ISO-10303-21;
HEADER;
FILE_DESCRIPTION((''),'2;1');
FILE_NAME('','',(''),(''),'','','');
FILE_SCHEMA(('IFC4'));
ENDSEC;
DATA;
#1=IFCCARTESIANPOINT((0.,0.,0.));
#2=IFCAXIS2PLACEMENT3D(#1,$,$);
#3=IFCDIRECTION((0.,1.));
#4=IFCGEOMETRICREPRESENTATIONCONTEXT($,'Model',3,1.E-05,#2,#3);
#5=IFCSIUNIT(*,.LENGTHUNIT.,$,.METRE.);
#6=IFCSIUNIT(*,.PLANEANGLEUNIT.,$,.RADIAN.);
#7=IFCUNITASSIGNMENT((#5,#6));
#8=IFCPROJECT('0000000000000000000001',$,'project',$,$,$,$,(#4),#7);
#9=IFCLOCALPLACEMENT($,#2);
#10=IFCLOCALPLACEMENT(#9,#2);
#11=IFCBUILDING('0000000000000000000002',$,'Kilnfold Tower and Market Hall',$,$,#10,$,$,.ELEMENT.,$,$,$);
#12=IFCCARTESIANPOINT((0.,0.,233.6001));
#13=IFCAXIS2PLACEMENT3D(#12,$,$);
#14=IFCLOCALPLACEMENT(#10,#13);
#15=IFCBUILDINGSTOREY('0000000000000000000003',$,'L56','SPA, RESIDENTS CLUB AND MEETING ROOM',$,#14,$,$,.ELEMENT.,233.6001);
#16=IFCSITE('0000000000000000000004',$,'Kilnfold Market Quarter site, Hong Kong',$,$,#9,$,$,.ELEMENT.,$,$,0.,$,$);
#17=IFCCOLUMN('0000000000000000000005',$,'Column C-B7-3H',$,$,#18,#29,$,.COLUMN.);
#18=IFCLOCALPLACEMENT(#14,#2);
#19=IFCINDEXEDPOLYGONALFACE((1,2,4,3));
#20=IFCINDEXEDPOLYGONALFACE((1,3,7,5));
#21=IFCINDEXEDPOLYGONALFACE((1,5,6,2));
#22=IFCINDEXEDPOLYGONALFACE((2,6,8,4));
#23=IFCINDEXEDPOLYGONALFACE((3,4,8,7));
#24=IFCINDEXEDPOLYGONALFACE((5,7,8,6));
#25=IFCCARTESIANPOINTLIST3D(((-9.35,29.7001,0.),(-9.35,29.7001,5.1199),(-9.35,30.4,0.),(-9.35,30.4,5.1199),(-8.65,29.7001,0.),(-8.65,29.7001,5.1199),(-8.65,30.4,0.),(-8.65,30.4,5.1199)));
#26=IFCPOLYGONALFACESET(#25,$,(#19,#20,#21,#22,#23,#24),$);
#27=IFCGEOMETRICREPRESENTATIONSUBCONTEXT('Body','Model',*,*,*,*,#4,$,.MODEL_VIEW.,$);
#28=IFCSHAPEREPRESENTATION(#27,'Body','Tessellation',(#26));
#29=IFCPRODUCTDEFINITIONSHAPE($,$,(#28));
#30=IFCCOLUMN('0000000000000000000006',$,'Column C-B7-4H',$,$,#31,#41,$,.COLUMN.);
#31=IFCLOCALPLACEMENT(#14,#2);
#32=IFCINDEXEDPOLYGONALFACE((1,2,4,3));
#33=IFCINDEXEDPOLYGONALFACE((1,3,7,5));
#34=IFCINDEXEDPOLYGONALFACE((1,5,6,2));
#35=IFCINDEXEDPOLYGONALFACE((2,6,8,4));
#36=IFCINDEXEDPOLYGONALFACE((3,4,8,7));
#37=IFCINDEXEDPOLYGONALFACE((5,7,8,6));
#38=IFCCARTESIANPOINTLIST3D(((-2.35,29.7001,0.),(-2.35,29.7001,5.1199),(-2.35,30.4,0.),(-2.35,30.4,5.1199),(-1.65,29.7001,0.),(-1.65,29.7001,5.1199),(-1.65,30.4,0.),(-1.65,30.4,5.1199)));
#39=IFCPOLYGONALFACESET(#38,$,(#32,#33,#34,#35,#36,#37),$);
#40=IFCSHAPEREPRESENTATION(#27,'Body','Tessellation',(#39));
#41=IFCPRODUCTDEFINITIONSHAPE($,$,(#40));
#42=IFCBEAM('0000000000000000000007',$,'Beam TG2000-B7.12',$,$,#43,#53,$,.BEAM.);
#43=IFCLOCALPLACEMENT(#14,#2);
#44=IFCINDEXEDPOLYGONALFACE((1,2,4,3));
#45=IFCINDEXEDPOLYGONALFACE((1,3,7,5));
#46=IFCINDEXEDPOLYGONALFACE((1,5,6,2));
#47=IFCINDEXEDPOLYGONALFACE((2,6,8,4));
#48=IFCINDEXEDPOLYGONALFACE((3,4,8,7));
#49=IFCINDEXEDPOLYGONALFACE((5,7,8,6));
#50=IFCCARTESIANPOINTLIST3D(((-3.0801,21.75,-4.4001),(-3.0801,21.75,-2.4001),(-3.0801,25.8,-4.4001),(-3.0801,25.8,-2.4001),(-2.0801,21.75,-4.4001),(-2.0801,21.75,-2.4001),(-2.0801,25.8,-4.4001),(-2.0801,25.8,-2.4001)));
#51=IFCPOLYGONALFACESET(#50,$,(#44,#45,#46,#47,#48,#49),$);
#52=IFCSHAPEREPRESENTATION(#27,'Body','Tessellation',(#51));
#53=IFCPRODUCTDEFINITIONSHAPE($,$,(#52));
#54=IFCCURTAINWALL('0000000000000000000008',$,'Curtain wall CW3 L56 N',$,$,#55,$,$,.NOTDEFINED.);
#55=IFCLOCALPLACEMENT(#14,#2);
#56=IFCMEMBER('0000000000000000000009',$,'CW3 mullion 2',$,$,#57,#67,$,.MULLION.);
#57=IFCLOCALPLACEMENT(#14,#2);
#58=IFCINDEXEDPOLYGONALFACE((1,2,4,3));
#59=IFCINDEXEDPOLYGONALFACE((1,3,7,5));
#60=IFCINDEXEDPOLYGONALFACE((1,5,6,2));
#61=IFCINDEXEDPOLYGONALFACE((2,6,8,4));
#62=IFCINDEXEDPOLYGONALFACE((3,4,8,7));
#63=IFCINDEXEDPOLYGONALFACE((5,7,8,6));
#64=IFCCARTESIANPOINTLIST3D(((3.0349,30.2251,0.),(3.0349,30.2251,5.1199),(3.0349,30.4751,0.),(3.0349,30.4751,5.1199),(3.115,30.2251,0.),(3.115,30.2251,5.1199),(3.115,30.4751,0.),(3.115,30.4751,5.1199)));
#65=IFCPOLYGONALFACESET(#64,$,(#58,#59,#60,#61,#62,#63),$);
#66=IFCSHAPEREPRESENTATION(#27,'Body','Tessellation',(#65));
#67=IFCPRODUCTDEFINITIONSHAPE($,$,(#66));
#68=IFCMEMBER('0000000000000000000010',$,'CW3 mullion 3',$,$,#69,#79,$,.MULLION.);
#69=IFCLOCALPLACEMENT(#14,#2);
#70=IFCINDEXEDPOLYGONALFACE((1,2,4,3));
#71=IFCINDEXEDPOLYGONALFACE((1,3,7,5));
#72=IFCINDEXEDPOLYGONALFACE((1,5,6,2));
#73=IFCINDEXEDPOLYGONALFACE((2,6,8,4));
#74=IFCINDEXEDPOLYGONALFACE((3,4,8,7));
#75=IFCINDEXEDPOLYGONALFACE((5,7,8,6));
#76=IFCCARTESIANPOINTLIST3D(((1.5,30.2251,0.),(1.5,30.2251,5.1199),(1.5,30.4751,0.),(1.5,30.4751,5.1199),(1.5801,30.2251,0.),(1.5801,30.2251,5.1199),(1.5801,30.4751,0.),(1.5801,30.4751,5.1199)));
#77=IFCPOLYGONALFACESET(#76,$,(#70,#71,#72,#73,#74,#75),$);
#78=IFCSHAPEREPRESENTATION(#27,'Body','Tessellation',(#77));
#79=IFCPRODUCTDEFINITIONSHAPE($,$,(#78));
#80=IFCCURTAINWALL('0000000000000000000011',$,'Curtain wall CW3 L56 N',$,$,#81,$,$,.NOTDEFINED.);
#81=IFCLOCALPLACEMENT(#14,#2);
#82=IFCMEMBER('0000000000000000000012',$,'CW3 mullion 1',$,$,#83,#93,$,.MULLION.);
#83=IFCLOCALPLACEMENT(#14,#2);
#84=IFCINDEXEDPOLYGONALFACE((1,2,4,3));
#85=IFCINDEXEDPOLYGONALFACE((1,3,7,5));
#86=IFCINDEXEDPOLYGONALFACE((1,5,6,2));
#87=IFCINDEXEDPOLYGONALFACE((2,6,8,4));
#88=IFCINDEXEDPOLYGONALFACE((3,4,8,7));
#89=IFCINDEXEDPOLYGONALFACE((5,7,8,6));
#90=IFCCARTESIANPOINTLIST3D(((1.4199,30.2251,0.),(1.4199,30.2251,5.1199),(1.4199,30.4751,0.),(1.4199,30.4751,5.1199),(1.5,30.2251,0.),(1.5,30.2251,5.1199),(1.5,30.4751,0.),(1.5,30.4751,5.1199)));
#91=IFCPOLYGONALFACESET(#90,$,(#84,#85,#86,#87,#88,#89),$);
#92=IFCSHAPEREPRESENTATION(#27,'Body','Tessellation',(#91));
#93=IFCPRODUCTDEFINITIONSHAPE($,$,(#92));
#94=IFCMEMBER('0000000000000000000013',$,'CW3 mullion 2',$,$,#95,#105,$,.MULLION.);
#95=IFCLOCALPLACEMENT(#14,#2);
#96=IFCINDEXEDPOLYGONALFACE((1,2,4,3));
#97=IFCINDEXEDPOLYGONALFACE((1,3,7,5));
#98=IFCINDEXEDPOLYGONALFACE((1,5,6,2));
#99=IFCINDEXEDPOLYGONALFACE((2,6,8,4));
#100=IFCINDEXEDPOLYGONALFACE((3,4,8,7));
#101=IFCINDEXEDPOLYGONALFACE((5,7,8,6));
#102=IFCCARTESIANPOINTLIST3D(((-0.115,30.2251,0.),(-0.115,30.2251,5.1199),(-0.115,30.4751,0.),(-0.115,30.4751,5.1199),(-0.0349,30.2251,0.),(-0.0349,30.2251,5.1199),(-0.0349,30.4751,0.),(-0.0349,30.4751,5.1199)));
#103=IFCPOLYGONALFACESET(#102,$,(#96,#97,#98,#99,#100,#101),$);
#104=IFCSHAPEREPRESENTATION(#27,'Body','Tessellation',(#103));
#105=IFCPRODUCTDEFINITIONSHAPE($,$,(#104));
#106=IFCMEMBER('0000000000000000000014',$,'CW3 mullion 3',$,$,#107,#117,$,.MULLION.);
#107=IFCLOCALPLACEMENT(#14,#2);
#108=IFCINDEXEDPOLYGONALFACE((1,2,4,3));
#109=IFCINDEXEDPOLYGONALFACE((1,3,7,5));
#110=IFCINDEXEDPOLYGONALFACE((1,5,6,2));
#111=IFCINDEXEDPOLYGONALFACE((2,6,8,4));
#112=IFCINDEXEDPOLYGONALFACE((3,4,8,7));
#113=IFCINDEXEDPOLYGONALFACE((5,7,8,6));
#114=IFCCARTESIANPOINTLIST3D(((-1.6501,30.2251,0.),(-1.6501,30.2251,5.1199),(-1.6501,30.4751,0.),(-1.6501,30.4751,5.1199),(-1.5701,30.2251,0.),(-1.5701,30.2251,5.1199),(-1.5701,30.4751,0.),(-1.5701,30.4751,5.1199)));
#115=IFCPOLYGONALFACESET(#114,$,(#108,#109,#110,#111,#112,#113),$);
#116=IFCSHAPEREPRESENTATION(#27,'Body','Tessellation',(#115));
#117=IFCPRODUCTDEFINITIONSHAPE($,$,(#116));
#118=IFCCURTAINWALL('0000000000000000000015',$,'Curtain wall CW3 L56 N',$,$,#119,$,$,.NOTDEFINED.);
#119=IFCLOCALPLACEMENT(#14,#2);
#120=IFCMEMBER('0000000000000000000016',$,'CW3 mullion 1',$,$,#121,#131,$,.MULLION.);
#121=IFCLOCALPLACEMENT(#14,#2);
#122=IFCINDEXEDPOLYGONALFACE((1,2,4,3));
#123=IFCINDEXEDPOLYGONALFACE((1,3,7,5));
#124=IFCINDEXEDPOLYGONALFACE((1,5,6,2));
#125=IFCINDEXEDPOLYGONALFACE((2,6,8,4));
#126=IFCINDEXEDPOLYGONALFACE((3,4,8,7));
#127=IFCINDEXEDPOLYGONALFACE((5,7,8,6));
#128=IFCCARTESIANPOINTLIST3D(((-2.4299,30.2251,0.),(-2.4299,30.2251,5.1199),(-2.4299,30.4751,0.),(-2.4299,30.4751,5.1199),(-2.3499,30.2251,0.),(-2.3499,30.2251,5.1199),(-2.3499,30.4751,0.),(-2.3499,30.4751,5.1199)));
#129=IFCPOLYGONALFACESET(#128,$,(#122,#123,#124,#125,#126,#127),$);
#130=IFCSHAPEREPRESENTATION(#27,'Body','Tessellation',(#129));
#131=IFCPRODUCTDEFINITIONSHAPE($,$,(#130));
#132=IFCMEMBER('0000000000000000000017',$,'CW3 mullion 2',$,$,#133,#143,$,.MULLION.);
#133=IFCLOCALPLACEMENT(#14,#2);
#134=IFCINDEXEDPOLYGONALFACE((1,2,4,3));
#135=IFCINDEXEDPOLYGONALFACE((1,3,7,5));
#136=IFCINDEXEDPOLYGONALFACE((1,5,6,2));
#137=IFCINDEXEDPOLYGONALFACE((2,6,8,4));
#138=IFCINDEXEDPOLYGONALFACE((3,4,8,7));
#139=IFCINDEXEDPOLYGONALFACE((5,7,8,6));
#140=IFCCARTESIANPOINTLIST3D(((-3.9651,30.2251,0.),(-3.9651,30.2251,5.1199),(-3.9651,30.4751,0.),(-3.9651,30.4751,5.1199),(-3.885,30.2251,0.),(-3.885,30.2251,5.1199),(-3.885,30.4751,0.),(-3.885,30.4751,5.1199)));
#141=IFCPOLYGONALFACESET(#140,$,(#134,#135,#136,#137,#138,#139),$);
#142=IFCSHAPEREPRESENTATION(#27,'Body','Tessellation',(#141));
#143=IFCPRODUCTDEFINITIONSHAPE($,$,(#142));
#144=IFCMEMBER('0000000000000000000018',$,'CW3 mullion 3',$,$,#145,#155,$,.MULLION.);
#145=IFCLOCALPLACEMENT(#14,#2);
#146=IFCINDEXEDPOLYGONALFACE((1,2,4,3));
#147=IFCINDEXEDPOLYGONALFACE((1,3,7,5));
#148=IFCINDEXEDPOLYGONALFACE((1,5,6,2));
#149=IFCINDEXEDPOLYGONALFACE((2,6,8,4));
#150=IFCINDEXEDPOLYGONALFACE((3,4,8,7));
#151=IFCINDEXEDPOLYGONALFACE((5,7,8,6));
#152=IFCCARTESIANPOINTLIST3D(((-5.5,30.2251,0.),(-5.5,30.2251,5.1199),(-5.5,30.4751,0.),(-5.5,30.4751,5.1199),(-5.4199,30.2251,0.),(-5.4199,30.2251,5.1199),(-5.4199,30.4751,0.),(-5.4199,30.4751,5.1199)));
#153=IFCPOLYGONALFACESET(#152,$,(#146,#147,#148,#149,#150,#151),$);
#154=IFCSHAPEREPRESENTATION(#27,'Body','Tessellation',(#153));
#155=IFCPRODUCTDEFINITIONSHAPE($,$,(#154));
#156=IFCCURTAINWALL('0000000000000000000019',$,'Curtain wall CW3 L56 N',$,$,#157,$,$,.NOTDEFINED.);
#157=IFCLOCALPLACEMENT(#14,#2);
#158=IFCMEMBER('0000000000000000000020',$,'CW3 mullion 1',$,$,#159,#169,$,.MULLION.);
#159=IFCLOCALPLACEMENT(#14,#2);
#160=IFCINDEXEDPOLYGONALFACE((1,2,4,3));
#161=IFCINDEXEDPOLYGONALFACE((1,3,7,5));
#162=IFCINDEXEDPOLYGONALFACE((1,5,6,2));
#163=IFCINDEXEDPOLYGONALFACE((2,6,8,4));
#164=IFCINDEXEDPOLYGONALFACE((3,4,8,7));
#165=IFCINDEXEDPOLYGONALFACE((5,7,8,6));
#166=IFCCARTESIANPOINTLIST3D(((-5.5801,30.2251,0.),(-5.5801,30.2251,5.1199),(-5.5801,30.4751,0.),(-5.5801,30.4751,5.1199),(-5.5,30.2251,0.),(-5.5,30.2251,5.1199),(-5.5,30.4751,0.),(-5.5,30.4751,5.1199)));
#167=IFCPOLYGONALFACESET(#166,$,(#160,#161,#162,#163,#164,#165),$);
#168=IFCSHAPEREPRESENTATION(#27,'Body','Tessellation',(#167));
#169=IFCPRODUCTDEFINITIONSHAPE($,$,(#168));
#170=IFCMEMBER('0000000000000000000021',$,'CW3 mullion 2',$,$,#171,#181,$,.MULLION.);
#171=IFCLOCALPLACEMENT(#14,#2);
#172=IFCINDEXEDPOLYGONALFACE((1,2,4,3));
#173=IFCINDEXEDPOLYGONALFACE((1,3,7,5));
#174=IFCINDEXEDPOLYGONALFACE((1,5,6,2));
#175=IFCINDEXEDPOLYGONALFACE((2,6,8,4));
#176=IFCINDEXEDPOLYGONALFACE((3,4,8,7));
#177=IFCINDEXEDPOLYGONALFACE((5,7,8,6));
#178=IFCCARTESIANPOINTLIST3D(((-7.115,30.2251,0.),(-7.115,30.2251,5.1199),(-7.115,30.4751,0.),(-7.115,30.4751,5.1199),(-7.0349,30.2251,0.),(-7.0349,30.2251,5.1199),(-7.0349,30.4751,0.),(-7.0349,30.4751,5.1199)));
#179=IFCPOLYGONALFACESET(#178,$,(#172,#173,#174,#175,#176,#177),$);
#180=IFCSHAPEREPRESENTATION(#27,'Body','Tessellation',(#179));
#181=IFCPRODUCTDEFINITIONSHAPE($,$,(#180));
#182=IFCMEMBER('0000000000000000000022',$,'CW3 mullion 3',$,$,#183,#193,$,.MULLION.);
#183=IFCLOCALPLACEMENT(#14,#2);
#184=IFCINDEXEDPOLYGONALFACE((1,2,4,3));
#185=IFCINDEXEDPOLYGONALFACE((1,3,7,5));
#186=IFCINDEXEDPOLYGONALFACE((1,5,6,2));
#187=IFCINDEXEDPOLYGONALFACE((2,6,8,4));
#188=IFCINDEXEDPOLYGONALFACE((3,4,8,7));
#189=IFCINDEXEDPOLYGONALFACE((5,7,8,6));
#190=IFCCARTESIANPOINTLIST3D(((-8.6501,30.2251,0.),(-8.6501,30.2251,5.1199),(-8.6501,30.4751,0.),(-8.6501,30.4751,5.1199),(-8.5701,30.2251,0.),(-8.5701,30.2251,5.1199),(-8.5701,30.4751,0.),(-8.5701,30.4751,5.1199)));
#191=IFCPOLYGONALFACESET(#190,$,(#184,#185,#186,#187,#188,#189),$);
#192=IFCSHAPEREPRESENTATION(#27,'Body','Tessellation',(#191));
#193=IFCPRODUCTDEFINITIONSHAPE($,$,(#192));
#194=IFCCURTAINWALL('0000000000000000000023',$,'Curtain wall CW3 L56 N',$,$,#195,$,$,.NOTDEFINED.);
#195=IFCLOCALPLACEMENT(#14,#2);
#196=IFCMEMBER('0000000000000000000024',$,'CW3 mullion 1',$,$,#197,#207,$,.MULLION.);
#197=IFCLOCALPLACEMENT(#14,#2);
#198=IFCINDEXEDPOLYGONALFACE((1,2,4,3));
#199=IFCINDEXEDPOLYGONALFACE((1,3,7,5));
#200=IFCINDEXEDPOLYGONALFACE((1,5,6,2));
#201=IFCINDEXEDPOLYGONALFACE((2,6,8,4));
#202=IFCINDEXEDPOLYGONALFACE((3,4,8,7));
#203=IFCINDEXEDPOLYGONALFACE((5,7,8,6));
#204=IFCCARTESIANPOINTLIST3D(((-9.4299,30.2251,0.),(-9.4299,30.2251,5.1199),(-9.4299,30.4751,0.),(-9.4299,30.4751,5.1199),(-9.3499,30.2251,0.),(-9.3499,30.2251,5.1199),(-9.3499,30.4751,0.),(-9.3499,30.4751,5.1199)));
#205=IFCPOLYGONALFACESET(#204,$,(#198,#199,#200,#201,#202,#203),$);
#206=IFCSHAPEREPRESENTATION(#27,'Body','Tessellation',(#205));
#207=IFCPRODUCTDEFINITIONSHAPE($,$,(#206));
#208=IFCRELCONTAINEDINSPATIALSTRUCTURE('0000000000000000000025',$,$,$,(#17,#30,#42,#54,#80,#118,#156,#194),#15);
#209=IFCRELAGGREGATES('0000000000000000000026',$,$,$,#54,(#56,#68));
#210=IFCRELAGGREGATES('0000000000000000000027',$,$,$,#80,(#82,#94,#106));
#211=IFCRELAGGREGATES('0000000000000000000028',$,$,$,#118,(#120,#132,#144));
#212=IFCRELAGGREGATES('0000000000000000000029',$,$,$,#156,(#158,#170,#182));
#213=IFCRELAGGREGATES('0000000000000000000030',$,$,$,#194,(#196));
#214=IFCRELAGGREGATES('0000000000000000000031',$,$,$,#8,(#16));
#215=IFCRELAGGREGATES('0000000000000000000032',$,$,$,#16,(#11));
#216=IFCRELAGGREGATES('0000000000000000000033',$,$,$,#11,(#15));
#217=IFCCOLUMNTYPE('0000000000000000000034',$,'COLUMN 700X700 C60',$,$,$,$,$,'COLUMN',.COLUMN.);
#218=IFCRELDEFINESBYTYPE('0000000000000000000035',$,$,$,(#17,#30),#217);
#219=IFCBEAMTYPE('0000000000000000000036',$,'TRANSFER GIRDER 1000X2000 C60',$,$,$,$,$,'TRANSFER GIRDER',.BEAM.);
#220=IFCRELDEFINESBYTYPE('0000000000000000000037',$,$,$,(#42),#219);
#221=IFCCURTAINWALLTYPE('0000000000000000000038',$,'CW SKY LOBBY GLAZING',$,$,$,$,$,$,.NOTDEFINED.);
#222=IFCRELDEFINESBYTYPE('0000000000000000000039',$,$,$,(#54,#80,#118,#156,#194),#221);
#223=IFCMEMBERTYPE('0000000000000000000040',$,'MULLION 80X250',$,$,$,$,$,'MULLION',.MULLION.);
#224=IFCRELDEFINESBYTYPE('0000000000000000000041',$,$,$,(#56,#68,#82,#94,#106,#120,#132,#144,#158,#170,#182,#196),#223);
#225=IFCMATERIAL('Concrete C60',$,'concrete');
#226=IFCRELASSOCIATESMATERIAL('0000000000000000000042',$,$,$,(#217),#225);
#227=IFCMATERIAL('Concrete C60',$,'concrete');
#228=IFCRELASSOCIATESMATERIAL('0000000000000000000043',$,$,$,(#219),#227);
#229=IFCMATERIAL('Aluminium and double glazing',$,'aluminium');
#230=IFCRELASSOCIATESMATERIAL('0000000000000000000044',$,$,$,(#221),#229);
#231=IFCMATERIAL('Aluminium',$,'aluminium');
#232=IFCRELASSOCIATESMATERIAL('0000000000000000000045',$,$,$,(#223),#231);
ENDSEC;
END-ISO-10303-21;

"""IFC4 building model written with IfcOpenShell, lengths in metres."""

from ifc_helpers import new_model, si_unit, direction, frame, origin, origin_2d, place, context, subcontext, project, spatial, rectangle, extrude, source, transform, mapped, material, material_profile, profile_set, type_object, element, aggregate, save


model = new_model("IFC4")

# Units and contexts
model_context = context("Model", 3, precision=1e-05, world=origin(), true_north=direction((0.0, 1.0)))
body_context = subcontext(model_context, "Body", "Model", "MODEL_VIEW")
ifc_project = project(units=[si_unit("LENGTHUNIT", "METRE"), si_unit("PLANEANGLEUNIT", "RADIAN")], contexts=[model_context])

# Site, building, storey
site_placement = place(None, origin())
site = spatial("IfcSite", under=ifc_project, at=site_placement, Name="Kilnfold Market Quarter site, Hong Kong", CompositionType="ELEMENT", RefElevation=0.0)
building_placement = place(site_placement, origin())
building = spatial("IfcBuilding", under=site, at=building_placement, Name="Kilnfold Tower and Market Hall", CompositionType="ELEMENT")
storey_placement = place(building_placement, frame((0.0, 0.0, 233.6001)))
storey = spatial("IfcBuildingStorey", under=building, at=storey_placement, Name="L56", Description="SPA, RESIDENTS CLUB AND MEETING ROOM", CompositionType="ELEMENT", Elevation=233.6001)

# Columns
ifc_material_1 = material(Name="Concrete C60", Category="concrete")
ifc_material_profile_1 = material_profile(ifc_material_1, rectangle(XDim=0.7, YDim=0.7, at=origin_2d()), Name="RC 700x700")
ifc_profile_set_1 = profile_set([ifc_material_profile_1], Name="Concrete C60")
column_type = type_object("IfcColumnType", Name="COLUMN 700X700 C60", ElementType="COLUMN", PredefinedType="COLUMN", material=ifc_profile_set_1)
shared_shape_1 = source(origin(), body_context, "Body", "SweptSolid", [
    extrude(rectangle(XDim=0.7, YDim=0.7, at=origin_2d()), origin(), (0.0, 0.0, 1.0), 5.1199),
])
for number, where, z_axis, x_axis, name in (
    (1, (-9.0, 30.05, 0.0), (0.0, 0.0, 1.0), (1.0, 0.0, 0.0), "Column C-B7-3H"),
    (2, (-2.0, 30.05, 0.0), (0.0, 0.0, 1.0), (1.0, 0.0, 0.0), "Column C-B7-4H"),
):
    element("IfcColumn", number, at=place(storey_placement, frame(where, z_axis=z_axis, x_axis=x_axis)), inside=storey, type_object=column_type, Name=name, PredefinedType="COLUMN", context=body_context, shape_type="MappedRepresentation", body=[
        mapped(shared_shape_1, transform((0.0, 0.0, 0.0))),
    ])

# Beam
ifc_material_2 = material(Name="Concrete C60", Category="concrete")
ifc_material_profile_2 = material_profile(ifc_material_2, rectangle(XDim=1.0, YDim=2.0, at=origin_2d()), Name="RC 1000x2000")
ifc_profile_set_2 = profile_set([ifc_material_profile_2], Name="Concrete C60")
beam_type = type_object("IfcBeamType", Name="TRANSFER GIRDER 1000X2000 C60", ElementType="TRANSFER GIRDER", PredefinedType="BEAM", material=ifc_profile_set_2)
shared_shape_2 = source(origin(), body_context, "Body", "SweptSolid", [
    extrude(rectangle(XDim=1.0, YDim=2.0, at=origin_2d()), origin(), (0.0, 0.0, 1.0), 4.05),
])
beam_placement = place(storey_placement, frame((-2.5801, 21.75, -3.4001), z_axis=(0.0, 1.0, 0.0), x_axis=(-1.0, 0.0, 0.0)))
element("IfcBeam", 3, at=beam_placement, inside=storey, type_object=beam_type, Name="Beam TG2000-B7.12", PredefinedType="BEAM", context=body_context, shape_type="MappedRepresentation", body=[
    mapped(shared_shape_2, transform((0.0, 0.0, 0.0))),
])

# Curtain walls, members
ifc_material_3 = material(Name="Aluminium and double glazing", Category="aluminium")
curtain_wall_type = type_object("IfcCurtainWallType", Name="CW SKY LOBBY GLAZING", PredefinedType="NOTDEFINED", material=ifc_material_3)
curtain_wall_1_placement = place(storey_placement, origin())
curtain_wall_1 = element("IfcCurtainWall", 4, at=curtain_wall_1_placement, inside=storey, type_object=curtain_wall_type, Name="Curtain wall CW3 L56 N", PredefinedType="NOTDEFINED")
ifc_material_4 = material(Name="Aluminium", Category="aluminium")
ifc_material_profile_3 = material_profile(ifc_material_4, rectangle(XDim=0.0801, YDim=0.25, at=origin_2d()), Name="MULLION 80x250")
ifc_profile_set_3 = profile_set([ifc_material_profile_3], Name="Aluminium")
member_type_1 = type_object("IfcMemberType", Name="MULLION 80X250", ElementType="MULLION", PredefinedType="MULLION", material=ifc_profile_set_3)
shared_shape_3 = source(origin(), body_context, "Body", "SweptSolid", [
    extrude(rectangle(XDim=0.0801, YDim=0.25, at=origin_2d()), origin(), (0.0, 0.0, 1.0), 5.1199),
])
member_1_placement = place(storey_placement, frame((3.075, 30.3501, 0.0), z_axis=(0.0, 0.0, 1.0), x_axis=(-1.0, 0.0, 0.0)))
member_1 = element("IfcMember", 5, at=member_1_placement, type_object=member_type_1, Name="CW3 mullion 2", PredefinedType="MULLION", context=body_context, shape_type="MappedRepresentation", body=[
    mapped(shared_shape_3, transform((0.0, 0.0, 0.0))),
])
member_2_placement = place(storey_placement, frame((1.54, 30.3501, 0.0), z_axis=(0.0, 0.0, 1.0), x_axis=(-1.0, 0.0, 0.0)))
member_2 = element("IfcMember", 6, at=member_2_placement, type_object=member_type_1, Name="CW3 mullion 3", PredefinedType="MULLION", context=body_context, shape_type="MappedRepresentation", body=[
    mapped(shared_shape_3, transform((0.0, 0.0, 0.0))),
])
curtain_wall_2_placement = place(storey_placement, origin())
curtain_wall_2 = element("IfcCurtainWall", 7, at=curtain_wall_2_placement, inside=storey, type_object=curtain_wall_type, Name="Curtain wall CW3 L56 N", PredefinedType="NOTDEFINED")
member_3_placement = place(storey_placement, frame((1.46, 30.3501, 0.0), z_axis=(0.0, 0.0, 1.0), x_axis=(-1.0, 0.0, 0.0)))
member_3 = element("IfcMember", 8, at=member_3_placement, type_object=member_type_1, Name="CW3 mullion 1", PredefinedType="MULLION", context=body_context, shape_type="MappedRepresentation", body=[
    mapped(shared_shape_3, transform((0.0, 0.0, 0.0))),
])
member_4_placement = place(storey_placement, frame((-0.075, 30.3501, 0.0), z_axis=(0.0, 0.0, 1.0), x_axis=(-1.0, 0.0, 0.0)))
member_4 = element("IfcMember", 9, at=member_4_placement, type_object=member_type_1, Name="CW3 mullion 2", PredefinedType="MULLION", context=body_context, shape_type="MappedRepresentation", body=[
    mapped(shared_shape_3, transform((0.0, 0.0, 0.0))),
])
member_5_placement = place(storey_placement, frame((-1.6101, 30.3501, 0.0), z_axis=(0.0, 0.0, 1.0), x_axis=(-1.0, 0.0, 0.0)))
member_5 = element("IfcMember", 10, at=member_5_placement, type_object=member_type_1, Name="CW3 mullion 3", PredefinedType="MULLION", context=body_context, shape_type="MappedRepresentation", body=[
    mapped(shared_shape_3, transform((0.0, 0.0, 0.0))),
])
curtain_wall_3_placement = place(storey_placement, origin())
curtain_wall_3 = element("IfcCurtainWall", 11, at=curtain_wall_3_placement, inside=storey, type_object=curtain_wall_type, Name="Curtain wall CW3 L56 N", PredefinedType="NOTDEFINED")
member_6_placement = place(storey_placement, frame((-2.3899, 30.3501, 0.0), z_axis=(0.0, 0.0, 1.0), x_axis=(-1.0, 0.0, 0.0)))
member_6 = element("IfcMember", 12, at=member_6_placement, type_object=member_type_1, Name="CW3 mullion 1", PredefinedType="MULLION", context=body_context, shape_type="MappedRepresentation", body=[
    mapped(shared_shape_3, transform((0.0, 0.0, 0.0))),
])
member_7_placement = place(storey_placement, frame((-3.925, 30.3501, 0.0), z_axis=(0.0, 0.0, 1.0), x_axis=(-1.0, 0.0, 0.0)))
member_7 = element("IfcMember", 13, at=member_7_placement, type_object=member_type_1, Name="CW3 mullion 2", PredefinedType="MULLION", context=body_context, shape_type="MappedRepresentation", body=[
    mapped(shared_shape_3, transform((0.0, 0.0, 0.0))),
])
member_8_placement = place(storey_placement, frame((-5.46, 30.3501, 0.0), z_axis=(0.0, 0.0, 1.0), x_axis=(-1.0, 0.0, 0.0)))
member_8 = element("IfcMember", 14, at=member_8_placement, type_object=member_type_1, Name="CW3 mullion 3", PredefinedType="MULLION", context=body_context, shape_type="MappedRepresentation", body=[
    mapped(shared_shape_3, transform((0.0, 0.0, 0.0))),
])
curtain_wall_4_placement = place(storey_placement, origin())
curtain_wall_4 = element("IfcCurtainWall", 15, at=curtain_wall_4_placement, inside=storey, type_object=curtain_wall_type, Name="Curtain wall CW3 L56 N", PredefinedType="NOTDEFINED")
member_9_placement = place(storey_placement, frame((-5.54, 30.3501, 0.0), z_axis=(0.0, 0.0, 1.0), x_axis=(-1.0, 0.0, 0.0)))
member_9 = element("IfcMember", 16, at=member_9_placement, type_object=member_type_1, Name="CW3 mullion 1", PredefinedType="MULLION", context=body_context, shape_type="MappedRepresentation", body=[
    mapped(shared_shape_3, transform((0.0, 0.0, 0.0))),
])
member_10_placement = place(storey_placement, frame((-7.075, 30.3501, 0.0), z_axis=(0.0, 0.0, 1.0), x_axis=(-1.0, 0.0, 0.0)))
member_10 = element("IfcMember", 17, at=member_10_placement, type_object=member_type_1, Name="CW3 mullion 2", PredefinedType="MULLION", context=body_context, shape_type="MappedRepresentation", body=[
    mapped(shared_shape_3, transform((0.0, 0.0, 0.0))),
])
member_11_placement = place(storey_placement, frame((-8.6101, 30.3501, 0.0), z_axis=(0.0, 0.0, 1.0), x_axis=(-1.0, 0.0, 0.0)))
member_11 = element("IfcMember", 18, at=member_11_placement, type_object=member_type_1, Name="CW3 mullion 3", PredefinedType="MULLION", context=body_context, shape_type="MappedRepresentation", body=[
    mapped(shared_shape_3, transform((0.0, 0.0, 0.0))),
])

# Curtain wall, member
curtain_wall_5_placement = place(storey_placement, origin())
curtain_wall_5 = element("IfcCurtainWall", 19, at=curtain_wall_5_placement, inside=storey, type_object=curtain_wall_type, Name="Curtain wall CW3 L56 N", PredefinedType="NOTDEFINED")
member_12_placement = place(storey_placement, frame((-9.3899, 30.3501, 0.0), z_axis=(0.0, 0.0, 1.0), x_axis=(-1.0, 0.0, 0.0)))
member_12 = element("IfcMember", 20, at=member_12_placement, type_object=member_type_1, Name="CW3 mullion 1", PredefinedType="MULLION", context=body_context, shape_type="MappedRepresentation", body=[
    mapped(shared_shape_3, transform((0.0, 0.0, 0.0))),
])

aggregate(curtain_wall_1, [member_1, member_2])
aggregate(curtain_wall_2, [member_3, member_4, member_5])
aggregate(curtain_wall_3, [member_6, member_7, member_8])
aggregate(curtain_wall_4, [member_9, member_10, member_11])
aggregate(curtain_wall_5, [member_12])

save(model, "model.ifc")
